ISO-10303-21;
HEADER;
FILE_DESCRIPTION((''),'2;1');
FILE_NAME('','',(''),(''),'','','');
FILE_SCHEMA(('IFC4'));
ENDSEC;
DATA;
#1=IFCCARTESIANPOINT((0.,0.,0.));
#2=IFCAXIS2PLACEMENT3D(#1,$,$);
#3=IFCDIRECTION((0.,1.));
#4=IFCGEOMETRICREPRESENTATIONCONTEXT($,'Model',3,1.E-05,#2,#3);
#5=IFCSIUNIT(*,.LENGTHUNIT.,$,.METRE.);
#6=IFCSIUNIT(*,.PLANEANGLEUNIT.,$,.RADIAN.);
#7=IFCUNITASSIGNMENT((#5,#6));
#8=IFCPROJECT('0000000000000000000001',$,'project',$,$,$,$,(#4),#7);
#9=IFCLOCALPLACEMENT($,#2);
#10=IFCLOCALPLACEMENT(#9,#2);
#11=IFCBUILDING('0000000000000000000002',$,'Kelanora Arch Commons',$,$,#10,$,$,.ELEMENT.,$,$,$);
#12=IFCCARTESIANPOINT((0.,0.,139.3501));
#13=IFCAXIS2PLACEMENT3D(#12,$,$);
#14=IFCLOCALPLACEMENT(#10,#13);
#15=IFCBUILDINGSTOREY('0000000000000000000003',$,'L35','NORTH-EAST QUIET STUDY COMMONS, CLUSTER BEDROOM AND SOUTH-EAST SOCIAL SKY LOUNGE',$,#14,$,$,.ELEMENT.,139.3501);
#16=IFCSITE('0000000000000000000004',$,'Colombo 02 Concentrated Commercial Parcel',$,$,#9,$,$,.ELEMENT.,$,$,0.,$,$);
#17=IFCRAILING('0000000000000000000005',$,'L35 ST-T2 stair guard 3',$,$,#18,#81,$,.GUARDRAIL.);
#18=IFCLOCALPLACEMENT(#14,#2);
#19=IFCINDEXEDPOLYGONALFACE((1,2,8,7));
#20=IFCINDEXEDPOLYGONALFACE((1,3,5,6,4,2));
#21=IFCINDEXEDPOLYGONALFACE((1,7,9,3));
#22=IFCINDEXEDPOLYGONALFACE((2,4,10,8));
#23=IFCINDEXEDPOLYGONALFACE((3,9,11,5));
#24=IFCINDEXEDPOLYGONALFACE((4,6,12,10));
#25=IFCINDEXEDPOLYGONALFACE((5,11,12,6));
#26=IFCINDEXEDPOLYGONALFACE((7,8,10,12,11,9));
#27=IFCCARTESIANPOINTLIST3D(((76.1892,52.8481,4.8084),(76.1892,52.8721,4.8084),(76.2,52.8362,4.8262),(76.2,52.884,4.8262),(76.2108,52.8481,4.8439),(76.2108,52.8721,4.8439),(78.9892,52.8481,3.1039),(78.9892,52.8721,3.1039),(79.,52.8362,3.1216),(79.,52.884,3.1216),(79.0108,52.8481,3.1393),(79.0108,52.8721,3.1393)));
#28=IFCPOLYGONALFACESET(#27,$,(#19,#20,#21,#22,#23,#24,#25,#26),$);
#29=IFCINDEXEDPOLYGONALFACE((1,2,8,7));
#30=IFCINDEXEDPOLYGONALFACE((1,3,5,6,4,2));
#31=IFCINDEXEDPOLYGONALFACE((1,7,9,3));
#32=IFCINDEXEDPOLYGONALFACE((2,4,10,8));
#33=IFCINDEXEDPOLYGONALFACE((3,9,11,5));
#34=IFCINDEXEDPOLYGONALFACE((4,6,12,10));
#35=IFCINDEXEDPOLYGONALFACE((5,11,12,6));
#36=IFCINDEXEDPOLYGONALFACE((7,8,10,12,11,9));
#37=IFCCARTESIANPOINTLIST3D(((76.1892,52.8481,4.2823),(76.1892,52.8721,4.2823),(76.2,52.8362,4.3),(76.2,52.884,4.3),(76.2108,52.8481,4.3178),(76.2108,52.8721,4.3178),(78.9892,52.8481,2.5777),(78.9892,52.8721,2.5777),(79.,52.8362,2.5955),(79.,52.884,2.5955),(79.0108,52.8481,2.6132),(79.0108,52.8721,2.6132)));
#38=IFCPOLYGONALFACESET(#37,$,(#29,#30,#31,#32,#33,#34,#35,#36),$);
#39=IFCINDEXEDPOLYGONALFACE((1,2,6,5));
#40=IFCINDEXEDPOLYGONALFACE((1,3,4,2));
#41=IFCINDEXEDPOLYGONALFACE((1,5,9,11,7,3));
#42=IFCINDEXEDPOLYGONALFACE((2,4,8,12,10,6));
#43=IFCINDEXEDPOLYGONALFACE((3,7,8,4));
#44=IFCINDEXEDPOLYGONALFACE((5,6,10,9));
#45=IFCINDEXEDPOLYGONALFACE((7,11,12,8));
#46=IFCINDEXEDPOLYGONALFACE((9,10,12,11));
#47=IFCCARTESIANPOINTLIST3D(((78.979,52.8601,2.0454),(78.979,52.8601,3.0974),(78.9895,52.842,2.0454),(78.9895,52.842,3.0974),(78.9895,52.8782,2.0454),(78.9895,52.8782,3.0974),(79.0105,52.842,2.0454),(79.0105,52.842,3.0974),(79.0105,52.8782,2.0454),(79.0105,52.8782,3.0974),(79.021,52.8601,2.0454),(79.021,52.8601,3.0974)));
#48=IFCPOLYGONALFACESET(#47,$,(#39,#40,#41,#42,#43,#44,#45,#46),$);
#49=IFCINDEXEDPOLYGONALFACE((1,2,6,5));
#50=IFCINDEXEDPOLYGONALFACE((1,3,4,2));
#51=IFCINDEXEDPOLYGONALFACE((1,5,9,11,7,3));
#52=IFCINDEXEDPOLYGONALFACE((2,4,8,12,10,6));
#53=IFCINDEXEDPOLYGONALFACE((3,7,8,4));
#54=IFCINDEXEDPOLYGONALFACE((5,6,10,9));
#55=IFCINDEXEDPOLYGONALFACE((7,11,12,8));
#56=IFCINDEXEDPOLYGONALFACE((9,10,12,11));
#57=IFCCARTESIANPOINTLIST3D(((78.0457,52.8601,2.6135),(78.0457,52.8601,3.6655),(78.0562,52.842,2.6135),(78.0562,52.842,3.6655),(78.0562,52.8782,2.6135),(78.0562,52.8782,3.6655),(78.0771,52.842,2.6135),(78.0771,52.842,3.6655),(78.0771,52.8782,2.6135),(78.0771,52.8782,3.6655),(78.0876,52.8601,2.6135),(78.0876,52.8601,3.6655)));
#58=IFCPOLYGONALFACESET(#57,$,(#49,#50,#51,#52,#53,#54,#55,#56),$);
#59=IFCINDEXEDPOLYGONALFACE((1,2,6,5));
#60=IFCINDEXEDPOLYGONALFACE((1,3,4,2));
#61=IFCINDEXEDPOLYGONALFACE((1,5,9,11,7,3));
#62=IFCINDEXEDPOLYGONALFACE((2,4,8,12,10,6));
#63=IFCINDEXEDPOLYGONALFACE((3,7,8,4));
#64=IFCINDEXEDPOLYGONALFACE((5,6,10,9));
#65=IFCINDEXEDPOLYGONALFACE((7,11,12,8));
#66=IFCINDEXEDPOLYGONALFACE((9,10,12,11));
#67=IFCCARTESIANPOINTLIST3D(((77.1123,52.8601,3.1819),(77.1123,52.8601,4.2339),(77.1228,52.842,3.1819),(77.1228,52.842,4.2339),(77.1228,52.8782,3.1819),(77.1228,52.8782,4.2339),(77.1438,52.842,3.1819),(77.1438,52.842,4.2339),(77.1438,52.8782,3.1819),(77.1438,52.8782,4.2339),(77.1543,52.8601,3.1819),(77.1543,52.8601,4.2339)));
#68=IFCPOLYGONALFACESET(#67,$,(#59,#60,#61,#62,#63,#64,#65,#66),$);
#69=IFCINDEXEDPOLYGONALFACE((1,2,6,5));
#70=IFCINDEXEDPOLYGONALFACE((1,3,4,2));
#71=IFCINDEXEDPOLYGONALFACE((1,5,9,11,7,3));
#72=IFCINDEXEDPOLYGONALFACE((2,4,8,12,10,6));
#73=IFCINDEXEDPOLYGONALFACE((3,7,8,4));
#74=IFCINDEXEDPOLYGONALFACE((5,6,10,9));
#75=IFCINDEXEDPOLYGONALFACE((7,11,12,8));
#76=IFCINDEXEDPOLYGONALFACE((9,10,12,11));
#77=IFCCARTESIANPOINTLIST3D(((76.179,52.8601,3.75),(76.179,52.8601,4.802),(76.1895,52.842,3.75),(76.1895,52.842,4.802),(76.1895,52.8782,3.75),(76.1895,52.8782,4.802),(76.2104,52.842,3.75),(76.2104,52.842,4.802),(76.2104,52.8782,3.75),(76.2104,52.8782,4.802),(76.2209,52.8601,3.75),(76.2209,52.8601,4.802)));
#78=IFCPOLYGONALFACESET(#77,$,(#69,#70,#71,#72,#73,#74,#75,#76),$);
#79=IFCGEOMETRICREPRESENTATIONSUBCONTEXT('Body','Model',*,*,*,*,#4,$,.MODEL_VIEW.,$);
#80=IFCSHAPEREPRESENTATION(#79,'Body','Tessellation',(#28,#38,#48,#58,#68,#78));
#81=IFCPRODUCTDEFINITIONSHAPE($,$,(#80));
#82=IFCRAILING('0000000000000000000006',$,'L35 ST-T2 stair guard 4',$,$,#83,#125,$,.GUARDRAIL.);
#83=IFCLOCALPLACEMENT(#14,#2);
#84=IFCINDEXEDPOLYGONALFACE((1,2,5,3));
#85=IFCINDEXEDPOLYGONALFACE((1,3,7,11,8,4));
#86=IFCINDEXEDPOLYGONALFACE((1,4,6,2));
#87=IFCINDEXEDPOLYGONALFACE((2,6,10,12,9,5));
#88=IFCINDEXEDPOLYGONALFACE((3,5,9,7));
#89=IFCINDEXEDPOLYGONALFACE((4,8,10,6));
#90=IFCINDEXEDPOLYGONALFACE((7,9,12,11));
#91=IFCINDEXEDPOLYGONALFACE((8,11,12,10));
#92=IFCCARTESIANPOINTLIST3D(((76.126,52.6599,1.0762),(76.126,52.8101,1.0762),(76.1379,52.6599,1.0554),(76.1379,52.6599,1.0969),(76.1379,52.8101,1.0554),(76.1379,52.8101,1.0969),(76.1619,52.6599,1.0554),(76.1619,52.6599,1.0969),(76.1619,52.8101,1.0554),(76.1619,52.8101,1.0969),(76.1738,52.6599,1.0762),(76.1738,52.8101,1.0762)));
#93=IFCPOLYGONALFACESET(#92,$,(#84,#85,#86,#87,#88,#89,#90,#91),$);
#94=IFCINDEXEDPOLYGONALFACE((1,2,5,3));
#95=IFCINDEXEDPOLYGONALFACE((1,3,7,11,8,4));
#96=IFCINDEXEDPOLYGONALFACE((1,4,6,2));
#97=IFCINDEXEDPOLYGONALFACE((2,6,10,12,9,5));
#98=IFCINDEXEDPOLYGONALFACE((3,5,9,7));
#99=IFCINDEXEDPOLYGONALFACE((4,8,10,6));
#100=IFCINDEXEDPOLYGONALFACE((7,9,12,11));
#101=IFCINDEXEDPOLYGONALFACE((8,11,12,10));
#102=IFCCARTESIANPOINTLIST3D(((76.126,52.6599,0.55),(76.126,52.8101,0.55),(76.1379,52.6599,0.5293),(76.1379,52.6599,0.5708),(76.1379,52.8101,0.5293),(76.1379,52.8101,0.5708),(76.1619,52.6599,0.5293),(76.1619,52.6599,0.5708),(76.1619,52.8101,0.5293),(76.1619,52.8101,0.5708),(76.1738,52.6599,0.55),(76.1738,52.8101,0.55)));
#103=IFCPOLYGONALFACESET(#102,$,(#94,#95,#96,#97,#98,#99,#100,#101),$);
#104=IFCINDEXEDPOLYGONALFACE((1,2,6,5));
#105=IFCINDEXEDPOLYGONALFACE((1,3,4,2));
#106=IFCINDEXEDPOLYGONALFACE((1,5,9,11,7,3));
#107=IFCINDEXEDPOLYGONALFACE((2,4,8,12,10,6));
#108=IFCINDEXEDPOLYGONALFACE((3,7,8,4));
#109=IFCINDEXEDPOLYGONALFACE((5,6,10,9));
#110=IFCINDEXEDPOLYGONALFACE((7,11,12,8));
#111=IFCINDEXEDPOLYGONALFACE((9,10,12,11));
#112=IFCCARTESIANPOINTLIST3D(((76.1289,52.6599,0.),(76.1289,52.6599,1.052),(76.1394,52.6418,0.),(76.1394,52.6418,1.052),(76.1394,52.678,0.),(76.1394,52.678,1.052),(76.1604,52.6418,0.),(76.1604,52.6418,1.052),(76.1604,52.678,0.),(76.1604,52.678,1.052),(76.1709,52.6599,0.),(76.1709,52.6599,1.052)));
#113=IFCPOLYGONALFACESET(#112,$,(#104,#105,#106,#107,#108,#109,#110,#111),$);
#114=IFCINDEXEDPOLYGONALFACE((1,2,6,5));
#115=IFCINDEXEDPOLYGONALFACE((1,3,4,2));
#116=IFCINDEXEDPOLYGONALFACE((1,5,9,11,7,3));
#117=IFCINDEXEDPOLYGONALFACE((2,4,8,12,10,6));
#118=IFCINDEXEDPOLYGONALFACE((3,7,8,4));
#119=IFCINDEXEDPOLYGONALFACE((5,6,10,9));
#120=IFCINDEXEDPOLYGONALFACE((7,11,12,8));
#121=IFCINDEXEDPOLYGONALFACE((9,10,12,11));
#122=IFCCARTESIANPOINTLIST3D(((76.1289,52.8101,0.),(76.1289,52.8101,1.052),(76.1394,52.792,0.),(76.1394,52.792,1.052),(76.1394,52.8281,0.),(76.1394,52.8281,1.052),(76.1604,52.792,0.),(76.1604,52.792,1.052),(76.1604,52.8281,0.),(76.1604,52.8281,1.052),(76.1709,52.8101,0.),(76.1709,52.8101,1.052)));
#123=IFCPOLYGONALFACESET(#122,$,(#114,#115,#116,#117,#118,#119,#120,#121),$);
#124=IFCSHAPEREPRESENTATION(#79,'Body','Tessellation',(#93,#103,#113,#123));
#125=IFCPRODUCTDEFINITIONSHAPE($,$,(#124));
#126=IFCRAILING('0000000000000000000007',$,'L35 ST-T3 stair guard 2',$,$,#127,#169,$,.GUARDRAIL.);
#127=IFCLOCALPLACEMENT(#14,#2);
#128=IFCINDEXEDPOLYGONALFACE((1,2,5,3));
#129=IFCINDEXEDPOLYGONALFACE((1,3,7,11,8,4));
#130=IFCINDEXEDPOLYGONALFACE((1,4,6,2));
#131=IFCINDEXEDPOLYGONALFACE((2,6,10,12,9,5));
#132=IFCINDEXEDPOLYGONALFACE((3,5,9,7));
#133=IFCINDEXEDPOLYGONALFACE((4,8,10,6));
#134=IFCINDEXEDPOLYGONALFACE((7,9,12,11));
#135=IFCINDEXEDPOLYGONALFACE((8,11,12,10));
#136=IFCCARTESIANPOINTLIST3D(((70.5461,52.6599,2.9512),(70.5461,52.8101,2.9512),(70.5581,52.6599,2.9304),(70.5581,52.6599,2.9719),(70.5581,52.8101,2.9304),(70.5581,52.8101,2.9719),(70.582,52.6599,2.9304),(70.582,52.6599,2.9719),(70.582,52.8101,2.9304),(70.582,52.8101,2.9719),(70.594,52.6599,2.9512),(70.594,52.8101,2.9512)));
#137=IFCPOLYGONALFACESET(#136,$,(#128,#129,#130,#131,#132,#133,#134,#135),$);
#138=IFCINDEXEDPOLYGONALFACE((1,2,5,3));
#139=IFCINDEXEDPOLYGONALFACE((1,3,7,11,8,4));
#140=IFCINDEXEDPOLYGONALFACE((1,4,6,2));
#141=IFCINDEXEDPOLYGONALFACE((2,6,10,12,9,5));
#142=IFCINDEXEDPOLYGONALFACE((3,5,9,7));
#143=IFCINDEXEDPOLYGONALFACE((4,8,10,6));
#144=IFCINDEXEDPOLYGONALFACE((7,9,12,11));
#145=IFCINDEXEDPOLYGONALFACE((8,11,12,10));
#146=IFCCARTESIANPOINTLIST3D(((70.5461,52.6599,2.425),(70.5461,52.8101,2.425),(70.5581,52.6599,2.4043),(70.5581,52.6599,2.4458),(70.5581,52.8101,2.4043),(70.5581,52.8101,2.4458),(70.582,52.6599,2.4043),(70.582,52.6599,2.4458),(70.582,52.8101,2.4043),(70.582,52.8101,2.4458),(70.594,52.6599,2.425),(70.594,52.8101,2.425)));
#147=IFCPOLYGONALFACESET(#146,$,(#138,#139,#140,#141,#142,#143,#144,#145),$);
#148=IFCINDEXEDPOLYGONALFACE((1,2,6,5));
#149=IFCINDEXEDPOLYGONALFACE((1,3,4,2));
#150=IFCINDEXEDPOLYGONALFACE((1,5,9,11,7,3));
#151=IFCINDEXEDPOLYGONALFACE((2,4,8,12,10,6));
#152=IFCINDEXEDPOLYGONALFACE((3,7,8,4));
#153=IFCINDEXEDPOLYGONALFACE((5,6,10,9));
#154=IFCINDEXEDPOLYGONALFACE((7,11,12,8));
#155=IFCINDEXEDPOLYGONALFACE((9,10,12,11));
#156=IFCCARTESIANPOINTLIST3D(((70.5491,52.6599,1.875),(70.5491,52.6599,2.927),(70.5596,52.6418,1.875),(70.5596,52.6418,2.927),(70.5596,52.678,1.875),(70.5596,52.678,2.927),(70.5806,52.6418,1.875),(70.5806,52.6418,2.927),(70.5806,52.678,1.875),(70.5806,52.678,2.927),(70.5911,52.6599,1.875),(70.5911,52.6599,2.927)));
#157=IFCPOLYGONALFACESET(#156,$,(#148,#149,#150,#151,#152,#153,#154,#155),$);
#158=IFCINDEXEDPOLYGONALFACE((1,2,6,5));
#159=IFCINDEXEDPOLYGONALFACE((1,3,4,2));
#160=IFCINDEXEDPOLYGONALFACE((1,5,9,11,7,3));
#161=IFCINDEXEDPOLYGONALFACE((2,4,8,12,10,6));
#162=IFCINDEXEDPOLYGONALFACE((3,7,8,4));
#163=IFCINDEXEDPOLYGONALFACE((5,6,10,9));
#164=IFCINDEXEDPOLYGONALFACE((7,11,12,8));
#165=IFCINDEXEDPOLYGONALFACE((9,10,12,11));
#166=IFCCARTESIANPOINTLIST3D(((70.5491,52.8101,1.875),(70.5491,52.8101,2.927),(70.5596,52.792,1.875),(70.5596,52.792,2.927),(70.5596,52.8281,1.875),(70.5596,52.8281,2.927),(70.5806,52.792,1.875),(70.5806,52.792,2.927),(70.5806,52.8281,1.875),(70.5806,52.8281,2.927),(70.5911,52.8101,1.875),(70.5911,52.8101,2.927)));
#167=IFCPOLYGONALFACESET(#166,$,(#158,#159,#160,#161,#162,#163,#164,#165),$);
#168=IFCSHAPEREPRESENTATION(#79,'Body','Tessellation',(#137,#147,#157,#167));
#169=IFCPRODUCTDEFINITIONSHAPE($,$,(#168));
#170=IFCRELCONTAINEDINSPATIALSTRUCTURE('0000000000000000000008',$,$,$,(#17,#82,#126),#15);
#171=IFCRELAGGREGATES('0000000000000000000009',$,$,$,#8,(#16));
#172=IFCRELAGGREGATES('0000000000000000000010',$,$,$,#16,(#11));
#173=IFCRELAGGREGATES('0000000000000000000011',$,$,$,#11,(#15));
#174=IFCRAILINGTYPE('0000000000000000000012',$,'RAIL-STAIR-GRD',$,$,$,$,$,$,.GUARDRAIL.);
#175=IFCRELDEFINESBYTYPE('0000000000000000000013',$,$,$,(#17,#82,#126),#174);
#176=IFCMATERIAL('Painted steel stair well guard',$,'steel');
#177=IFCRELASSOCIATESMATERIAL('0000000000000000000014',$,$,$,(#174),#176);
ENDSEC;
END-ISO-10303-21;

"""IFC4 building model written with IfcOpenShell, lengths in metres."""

from ifc_helpers import new_model, si_unit, direction, frame, origin, place, context, subcontext, project, spatial, polyline, outline, extrude, material, type_object, element, save


model = new_model("IFC4")

# Units and contexts
model_context = context("Model", 3, precision=1e-05, world=origin(), true_north=direction((0.0, 1.0)))
body_context = subcontext(model_context, "Body", "Model", "MODEL_VIEW")
ifc_project = project(units=[si_unit("LENGTHUNIT", "METRE"), si_unit("PLANEANGLEUNIT", "RADIAN")], contexts=[model_context])

# Site, building, storey
site_placement = place(None, origin())
site = spatial("IfcSite", under=ifc_project, at=site_placement, Name="Colombo 02 Concentrated Commercial Parcel", CompositionType="ELEMENT", RefElevation=0.0)
building_placement = place(site_placement, origin())
building = spatial("IfcBuilding", under=site, at=building_placement, Name="Kelanora Arch Commons", CompositionType="ELEMENT")
storey_placement = place(building_placement, frame((0.0, 0.0, 139.3501)))
storey = spatial("IfcBuildingStorey", under=building, at=storey_placement, Name="L35", Description="NORTH-EAST QUIET STUDY COMMONS, CLUSTER BEDROOM AND SOUTH-EAST SOCIAL SKY LOUNGE", CompositionType="ELEMENT", Elevation=139.3501)

# Railings
ifc_material_1 = material(Name="Painted steel stair well guard", Category="steel")
railing_type_1 = type_object("IfcRailingType", Name="RAIL-STAIR-GRD", PredefinedType="GUARDRAIL", material=ifc_material_1)
railing_1_placement = place(storey_placement, frame((79.0, 52.8601, 2.0454)))
element("IfcRailing", 1, at=railing_1_placement, inside=storey, type_object=railing_type_1, Name="L35 ST-T2 stair guard 3", PredefinedType="GUARDRAIL", context=body_context, shape_type="SweptSolid", body=[
    extrude(outline(polyline([(0.0239, 0.0), (0.012, 0.0208), (-0.012, 0.0208), (-0.0239, 0.0), (-0.012, -0.0208), (0.012, -0.0208), (0.0239, 0.0)])), frame((0.0, 0.0, 1.0762), z_axis=(-0.85417, 0.0, 0.519994), x_axis=(0.0, -1.0, 0.0)), (0.0, 0.0, 1.0), 3.2781),
    extrude(outline(polyline([(0.0239, 0.0), (0.012, 0.0208), (-0.012, 0.0208), (-0.0239, 0.0), (-0.012, -0.0208), (0.012, -0.0208), (0.0239, 0.0)])), frame((0.0, 0.0, 0.55), z_axis=(-0.85417, 0.0, 0.519994), x_axis=(0.0, -1.0, 0.0)), (0.0, 0.0, 1.0), 3.2781),
    extrude(outline(polyline([(0.021, 0.0), (0.0105, 0.0181), (-0.0105, 0.0181), (-0.021, 0.0), (-0.0105, -0.0181), (0.0105, -0.0181), (0.021, 0.0)])), origin(), (0.0, 0.0, 1.0), 1.052),
    extrude(outline(polyline([(0.021, 0.0), (0.0105, 0.0181), (-0.0105, 0.0181), (-0.021, 0.0), (-0.0105, -0.0181), (0.0105, -0.0181), (0.021, 0.0)])), frame((-0.9333, 0.0, 0.5681)), (0.0, 0.0, 1.0), 1.052),
    extrude(outline(polyline([(0.021, 0.0), (0.0105, 0.0181), (-0.0105, 0.0181), (-0.021, 0.0), (-0.0105, -0.0181), (0.0105, -0.0181), (0.021, 0.0)])), frame((-1.8667, 0.0, 1.1365)), (0.0, 0.0, 1.0), 1.052),
    extrude(outline(polyline([(0.021, 0.0), (0.0105, 0.0181), (-0.0105, 0.0181), (-0.021, 0.0), (-0.0105, -0.0181), (0.0105, -0.0181), (0.021, 0.0)])), frame((-2.8, 0.0, 1.7046)), (0.0, 0.0, 1.0), 1.052),
])
for number, where, name in (
    (2, (76.1499, 52.6599, 0.0), "L35 ST-T2 stair guard 4"),
    (3, (70.5701, 52.6599, 1.875), "L35 ST-T3 stair guard 2"),
):
    element("IfcRailing", number, at=place(storey_placement, frame(where)), inside=storey, type_object=railing_type_1, Name=name, PredefinedType="GUARDRAIL", context=body_context, shape_type="SweptSolid", body=[
        extrude(outline(polyline([(0.0239, 0.0), (0.012, 0.0208), (-0.012, 0.0208), (-0.0239, 0.0), (-0.012, -0.0208), (0.012, -0.0208), (0.0239, 0.0)])), frame((0.0, 0.0, 1.0762), z_axis=(0.0, 1.0, 0.0), x_axis=(-1.0, 0.0, 0.0)), (0.0, 0.0, 1.0), 0.1501),
        extrude(outline(polyline([(0.0239, 0.0), (0.012, 0.0208), (-0.012, 0.0208), (-0.0239, 0.0), (-0.012, -0.0208), (0.012, -0.0208), (0.0239, 0.0)])), frame((0.0, 0.0, 0.55), z_axis=(0.0, 1.0, 0.0), x_axis=(-1.0, 0.0, 0.0)), (0.0, 0.0, 1.0), 0.1501),
        extrude(outline(polyline([(0.021, 0.0), (0.0105, 0.0181), (-0.0105, 0.0181), (-0.021, 0.0), (-0.0105, -0.0181), (0.0105, -0.0181), (0.021, 0.0)])), origin(), (0.0, 0.0, 1.0), 1.052),
        extrude(outline(polyline([(0.021, 0.0), (0.0105, 0.0181), (-0.0105, 0.0181), (-0.021, 0.0), (-0.0105, -0.0181), (0.0105, -0.0181), (0.021, 0.0)])), frame((0.0, 0.1501, 0.0)), (0.0, 0.0, 1.0), 1.052),
    ])

save(model, "model.ifc")
